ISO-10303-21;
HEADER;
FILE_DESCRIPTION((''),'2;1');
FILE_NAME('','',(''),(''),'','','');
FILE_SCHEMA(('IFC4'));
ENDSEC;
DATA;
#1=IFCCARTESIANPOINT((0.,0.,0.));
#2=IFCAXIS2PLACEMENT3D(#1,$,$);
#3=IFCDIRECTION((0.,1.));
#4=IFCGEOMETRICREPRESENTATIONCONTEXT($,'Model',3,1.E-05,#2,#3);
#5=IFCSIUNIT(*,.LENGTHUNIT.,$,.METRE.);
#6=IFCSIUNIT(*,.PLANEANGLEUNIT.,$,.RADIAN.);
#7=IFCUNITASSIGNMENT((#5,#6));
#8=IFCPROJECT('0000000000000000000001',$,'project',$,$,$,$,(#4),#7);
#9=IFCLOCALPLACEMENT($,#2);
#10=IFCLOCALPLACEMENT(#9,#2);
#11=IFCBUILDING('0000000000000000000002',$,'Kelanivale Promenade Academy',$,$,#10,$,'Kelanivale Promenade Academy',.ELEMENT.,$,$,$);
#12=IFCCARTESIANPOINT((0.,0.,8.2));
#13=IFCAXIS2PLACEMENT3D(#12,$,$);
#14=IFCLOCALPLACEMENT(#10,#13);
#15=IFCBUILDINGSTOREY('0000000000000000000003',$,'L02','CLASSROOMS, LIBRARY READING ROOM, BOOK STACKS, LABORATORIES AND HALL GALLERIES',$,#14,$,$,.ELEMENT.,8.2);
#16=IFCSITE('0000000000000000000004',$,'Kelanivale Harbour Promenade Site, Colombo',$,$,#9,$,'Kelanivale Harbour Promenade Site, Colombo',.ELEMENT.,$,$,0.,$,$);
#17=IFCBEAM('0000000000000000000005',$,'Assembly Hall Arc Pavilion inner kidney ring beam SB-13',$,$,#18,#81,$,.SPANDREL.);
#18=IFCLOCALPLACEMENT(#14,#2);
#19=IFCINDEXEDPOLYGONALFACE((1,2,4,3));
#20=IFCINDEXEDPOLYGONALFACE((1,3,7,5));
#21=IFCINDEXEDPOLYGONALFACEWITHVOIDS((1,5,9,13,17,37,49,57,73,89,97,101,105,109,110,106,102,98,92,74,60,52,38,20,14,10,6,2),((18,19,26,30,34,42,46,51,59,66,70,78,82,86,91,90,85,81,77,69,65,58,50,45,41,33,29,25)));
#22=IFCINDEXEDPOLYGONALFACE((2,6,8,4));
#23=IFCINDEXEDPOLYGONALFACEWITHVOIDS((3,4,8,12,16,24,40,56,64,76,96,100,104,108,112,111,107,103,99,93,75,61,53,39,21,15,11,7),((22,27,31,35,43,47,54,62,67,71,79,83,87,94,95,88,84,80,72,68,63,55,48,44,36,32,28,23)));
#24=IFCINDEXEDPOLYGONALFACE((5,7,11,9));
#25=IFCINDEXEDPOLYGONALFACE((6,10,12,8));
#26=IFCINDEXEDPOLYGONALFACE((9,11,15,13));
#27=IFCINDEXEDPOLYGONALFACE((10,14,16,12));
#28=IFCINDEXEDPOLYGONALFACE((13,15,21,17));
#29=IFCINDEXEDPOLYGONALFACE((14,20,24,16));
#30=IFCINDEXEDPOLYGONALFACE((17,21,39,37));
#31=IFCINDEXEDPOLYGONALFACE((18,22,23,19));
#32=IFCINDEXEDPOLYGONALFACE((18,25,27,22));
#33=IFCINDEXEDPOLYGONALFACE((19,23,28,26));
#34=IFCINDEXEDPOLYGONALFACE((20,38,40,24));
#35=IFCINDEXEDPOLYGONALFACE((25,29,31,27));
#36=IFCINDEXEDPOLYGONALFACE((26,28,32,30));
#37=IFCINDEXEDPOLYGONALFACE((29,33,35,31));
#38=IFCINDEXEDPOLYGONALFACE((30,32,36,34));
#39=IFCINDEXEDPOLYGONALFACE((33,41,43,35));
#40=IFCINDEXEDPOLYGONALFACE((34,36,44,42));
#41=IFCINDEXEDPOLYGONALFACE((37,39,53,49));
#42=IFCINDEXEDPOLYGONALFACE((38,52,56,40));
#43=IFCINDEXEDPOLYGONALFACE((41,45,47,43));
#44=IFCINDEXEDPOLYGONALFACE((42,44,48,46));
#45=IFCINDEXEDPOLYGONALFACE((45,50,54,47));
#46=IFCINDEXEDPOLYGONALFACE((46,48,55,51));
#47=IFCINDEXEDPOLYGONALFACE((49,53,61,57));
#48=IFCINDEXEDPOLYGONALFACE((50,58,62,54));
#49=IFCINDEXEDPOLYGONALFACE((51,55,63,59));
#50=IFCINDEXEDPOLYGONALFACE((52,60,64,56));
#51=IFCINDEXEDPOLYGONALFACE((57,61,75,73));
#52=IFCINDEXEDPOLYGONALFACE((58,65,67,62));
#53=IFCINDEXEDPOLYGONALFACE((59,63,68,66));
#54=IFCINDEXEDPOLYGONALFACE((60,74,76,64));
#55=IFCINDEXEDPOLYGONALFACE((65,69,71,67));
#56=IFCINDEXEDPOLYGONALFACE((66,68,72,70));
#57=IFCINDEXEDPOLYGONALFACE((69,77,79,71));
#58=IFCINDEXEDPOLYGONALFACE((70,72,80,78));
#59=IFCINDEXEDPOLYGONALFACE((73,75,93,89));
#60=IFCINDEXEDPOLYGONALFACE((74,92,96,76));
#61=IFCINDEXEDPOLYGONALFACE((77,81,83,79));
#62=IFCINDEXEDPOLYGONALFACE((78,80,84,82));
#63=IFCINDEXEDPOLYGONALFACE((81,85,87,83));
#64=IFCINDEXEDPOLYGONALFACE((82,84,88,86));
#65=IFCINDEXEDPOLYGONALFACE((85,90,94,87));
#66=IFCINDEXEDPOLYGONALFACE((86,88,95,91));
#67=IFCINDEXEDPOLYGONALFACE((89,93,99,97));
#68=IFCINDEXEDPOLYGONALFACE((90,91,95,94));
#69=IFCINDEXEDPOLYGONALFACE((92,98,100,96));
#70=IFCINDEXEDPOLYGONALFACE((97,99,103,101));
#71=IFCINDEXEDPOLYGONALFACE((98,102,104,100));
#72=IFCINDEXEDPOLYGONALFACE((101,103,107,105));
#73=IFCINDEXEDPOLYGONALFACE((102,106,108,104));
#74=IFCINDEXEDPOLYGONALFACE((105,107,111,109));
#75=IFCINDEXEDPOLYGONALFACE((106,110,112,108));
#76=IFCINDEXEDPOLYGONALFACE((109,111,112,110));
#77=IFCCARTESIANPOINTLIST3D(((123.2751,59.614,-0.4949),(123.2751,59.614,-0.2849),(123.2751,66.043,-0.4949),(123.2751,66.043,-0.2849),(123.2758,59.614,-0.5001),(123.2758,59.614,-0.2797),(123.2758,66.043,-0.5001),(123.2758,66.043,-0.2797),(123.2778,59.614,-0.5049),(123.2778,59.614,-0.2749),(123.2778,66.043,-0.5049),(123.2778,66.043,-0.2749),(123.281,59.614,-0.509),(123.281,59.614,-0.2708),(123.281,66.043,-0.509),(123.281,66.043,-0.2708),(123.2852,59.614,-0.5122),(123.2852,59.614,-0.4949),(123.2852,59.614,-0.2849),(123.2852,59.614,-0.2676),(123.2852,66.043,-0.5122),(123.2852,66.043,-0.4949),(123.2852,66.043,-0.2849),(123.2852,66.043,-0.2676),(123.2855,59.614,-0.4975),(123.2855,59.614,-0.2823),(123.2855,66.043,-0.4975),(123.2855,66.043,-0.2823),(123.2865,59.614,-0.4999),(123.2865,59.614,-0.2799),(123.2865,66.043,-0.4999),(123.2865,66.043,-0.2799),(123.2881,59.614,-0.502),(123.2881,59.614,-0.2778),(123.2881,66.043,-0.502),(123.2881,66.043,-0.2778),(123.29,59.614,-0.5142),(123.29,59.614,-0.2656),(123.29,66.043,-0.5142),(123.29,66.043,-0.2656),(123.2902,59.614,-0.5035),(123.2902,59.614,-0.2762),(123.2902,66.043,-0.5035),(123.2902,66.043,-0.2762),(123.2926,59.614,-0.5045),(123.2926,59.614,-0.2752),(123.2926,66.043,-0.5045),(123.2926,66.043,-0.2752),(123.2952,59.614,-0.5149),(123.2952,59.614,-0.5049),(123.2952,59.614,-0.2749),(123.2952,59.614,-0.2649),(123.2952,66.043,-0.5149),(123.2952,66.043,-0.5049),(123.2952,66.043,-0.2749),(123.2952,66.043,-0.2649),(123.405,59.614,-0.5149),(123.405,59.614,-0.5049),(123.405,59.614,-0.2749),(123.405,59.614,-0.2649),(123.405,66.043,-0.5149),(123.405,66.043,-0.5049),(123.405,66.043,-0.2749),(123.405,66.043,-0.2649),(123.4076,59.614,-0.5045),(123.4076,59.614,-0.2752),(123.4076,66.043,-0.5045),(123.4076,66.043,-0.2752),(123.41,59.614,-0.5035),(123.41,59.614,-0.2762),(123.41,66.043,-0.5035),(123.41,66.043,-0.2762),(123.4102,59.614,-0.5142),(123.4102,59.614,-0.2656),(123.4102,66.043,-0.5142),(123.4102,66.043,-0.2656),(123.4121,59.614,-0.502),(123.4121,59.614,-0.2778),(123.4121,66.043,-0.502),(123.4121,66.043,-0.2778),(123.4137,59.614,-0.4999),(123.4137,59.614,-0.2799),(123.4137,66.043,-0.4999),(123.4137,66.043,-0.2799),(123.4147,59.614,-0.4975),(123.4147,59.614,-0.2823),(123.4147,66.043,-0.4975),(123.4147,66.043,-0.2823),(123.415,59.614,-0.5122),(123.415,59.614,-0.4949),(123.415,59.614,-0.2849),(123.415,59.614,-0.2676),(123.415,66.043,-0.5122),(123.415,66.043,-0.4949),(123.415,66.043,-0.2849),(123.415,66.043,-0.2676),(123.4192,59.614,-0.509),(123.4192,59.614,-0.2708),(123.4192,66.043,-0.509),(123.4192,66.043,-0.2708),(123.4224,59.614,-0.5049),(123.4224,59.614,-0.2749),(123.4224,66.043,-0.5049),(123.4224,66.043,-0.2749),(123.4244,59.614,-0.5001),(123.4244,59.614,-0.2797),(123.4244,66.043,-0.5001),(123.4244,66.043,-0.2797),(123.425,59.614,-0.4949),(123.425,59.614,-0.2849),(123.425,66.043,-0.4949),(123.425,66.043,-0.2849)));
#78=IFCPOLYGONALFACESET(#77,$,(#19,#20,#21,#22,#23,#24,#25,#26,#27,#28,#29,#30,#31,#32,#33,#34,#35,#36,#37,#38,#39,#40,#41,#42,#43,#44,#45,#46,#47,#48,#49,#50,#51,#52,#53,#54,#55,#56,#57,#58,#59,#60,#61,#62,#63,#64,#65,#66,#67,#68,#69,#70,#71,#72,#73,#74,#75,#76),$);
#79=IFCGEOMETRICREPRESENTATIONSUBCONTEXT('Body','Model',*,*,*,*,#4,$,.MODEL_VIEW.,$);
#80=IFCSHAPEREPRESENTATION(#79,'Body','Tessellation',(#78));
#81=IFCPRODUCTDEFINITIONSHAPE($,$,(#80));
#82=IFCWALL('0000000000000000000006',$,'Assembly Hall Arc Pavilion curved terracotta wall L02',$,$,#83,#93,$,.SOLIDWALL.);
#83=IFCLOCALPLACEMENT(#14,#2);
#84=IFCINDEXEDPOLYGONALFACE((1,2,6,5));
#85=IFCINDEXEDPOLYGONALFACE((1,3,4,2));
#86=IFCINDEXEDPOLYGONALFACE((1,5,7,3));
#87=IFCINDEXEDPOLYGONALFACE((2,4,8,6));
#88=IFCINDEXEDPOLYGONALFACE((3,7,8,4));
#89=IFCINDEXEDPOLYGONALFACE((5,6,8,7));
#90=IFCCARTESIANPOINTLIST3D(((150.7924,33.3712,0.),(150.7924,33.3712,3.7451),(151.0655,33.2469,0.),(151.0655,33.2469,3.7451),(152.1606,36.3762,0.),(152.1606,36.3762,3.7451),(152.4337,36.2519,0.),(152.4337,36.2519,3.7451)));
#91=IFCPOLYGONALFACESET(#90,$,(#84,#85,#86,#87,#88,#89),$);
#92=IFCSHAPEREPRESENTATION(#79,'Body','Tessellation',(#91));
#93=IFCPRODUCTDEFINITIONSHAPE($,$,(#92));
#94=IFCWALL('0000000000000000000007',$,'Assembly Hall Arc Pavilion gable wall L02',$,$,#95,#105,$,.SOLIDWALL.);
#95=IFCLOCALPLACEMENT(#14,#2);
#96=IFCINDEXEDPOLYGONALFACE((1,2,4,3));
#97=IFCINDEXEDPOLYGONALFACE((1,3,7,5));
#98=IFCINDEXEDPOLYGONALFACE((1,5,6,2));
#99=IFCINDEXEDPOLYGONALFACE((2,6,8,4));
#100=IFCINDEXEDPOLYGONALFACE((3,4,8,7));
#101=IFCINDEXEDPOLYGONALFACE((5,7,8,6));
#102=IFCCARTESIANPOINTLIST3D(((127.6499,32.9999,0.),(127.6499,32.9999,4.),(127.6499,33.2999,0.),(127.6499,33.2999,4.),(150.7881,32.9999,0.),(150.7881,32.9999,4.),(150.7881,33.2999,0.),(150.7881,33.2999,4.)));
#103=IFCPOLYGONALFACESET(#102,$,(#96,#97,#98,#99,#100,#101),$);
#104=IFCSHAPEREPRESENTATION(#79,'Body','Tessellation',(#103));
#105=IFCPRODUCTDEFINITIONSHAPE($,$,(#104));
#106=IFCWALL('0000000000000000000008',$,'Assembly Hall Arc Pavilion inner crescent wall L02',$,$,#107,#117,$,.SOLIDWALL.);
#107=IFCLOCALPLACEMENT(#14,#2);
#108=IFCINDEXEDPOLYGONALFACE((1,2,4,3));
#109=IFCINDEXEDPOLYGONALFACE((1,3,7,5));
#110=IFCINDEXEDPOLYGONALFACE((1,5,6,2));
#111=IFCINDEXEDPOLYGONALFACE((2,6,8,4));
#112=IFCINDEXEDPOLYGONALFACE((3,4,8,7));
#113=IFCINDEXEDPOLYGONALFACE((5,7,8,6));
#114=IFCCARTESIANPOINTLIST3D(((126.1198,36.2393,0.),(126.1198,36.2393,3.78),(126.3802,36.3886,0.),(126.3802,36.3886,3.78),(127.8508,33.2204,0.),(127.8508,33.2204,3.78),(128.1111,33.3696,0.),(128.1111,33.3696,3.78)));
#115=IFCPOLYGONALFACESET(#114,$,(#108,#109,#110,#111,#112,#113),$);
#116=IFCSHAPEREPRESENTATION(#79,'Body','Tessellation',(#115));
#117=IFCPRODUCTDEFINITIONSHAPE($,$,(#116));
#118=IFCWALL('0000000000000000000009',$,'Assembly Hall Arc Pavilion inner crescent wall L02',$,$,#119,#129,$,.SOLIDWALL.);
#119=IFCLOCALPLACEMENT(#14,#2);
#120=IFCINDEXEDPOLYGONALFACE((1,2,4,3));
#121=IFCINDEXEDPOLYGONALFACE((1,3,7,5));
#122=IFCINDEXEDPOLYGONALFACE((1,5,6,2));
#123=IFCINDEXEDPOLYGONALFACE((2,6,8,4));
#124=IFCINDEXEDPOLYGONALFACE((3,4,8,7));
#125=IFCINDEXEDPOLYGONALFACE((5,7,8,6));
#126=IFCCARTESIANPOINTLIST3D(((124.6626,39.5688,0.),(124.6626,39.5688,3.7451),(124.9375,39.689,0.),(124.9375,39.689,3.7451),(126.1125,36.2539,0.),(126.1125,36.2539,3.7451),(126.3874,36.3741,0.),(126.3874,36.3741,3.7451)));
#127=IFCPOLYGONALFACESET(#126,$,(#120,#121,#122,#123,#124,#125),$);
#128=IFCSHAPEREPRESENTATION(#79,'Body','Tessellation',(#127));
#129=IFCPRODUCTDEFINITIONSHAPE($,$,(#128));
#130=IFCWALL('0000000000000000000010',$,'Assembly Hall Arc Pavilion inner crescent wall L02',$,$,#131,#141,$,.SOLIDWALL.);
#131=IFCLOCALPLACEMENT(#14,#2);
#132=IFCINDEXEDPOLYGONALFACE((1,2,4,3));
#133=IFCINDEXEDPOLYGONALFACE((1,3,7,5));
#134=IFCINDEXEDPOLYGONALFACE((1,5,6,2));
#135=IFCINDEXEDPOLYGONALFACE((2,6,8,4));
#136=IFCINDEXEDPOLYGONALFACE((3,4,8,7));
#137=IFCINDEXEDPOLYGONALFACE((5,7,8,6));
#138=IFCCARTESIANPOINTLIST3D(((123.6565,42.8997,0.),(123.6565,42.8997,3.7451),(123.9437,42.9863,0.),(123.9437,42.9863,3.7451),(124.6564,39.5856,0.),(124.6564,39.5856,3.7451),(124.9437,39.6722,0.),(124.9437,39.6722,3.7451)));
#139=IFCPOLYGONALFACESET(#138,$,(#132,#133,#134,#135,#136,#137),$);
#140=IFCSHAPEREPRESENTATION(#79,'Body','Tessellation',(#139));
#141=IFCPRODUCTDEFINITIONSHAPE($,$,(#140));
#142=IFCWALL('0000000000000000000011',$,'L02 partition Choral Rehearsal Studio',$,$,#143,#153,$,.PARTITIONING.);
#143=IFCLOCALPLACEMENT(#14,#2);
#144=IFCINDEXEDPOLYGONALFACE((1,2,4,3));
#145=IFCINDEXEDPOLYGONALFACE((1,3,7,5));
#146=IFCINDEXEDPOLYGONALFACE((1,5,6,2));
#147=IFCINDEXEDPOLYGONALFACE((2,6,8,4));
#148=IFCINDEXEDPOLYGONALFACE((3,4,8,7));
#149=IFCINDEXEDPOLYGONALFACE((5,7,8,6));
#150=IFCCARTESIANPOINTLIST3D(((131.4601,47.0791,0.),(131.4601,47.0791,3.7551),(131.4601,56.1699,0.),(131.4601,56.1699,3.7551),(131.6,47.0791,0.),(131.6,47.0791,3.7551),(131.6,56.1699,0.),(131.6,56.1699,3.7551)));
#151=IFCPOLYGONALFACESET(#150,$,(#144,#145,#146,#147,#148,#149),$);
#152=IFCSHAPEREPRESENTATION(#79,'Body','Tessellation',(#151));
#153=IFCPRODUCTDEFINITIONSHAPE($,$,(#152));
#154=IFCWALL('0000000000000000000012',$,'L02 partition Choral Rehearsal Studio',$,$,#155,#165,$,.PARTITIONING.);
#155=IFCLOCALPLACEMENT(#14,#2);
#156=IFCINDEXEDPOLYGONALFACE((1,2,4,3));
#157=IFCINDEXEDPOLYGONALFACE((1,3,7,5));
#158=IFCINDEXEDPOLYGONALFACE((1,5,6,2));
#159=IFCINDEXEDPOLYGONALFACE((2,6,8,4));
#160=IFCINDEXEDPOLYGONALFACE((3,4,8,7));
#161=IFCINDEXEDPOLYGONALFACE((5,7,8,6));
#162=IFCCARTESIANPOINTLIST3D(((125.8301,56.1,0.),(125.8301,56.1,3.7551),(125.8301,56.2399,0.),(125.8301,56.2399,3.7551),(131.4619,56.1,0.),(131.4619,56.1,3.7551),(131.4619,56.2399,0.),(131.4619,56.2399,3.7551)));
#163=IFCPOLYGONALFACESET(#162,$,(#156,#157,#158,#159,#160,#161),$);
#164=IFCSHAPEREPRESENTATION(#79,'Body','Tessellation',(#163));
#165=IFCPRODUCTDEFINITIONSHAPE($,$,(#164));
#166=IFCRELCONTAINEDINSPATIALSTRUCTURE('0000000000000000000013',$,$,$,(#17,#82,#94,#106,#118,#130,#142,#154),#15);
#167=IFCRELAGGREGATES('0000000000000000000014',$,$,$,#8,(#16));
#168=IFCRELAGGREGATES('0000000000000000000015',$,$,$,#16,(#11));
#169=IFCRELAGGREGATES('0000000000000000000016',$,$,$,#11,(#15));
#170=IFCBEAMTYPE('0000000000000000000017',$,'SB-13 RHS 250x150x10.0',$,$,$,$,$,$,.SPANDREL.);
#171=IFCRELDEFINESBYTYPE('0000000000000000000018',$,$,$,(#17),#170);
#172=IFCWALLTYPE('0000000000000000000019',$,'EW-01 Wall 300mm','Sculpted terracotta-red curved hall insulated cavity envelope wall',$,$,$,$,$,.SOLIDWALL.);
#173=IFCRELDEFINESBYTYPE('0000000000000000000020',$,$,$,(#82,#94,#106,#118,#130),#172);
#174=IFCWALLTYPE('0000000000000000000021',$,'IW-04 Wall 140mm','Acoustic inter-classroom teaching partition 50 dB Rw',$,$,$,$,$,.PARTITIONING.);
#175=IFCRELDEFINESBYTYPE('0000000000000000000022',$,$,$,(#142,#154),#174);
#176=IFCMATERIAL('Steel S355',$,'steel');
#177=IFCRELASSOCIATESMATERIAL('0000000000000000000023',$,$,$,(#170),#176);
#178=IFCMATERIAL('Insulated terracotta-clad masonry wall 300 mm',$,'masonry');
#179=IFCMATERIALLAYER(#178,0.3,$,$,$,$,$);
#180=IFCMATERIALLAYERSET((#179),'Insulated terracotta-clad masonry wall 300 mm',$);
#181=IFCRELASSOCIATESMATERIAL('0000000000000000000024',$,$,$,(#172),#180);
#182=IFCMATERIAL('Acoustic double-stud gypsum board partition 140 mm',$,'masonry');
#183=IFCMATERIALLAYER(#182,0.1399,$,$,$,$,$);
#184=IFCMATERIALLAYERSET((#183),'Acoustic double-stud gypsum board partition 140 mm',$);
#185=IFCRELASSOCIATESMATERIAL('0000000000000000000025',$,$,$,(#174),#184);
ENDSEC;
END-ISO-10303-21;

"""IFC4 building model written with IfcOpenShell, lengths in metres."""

from ifc_helpers import new_model, si_unit, direction, frame, frame_2d, origin, origin_2d, place, context, subcontext, project, spatial, rectangle, hollow_rectangle, extrude, material, layer, layer_set, material_profile, profile_set, type_object, element, save


model = new_model("IFC4")

# Units and contexts
model_context = context("Model", 3, precision=1e-05, world=origin(), true_north=direction((0.0, 1.0)))
body_context = subcontext(model_context, "Body", "Model", "MODEL_VIEW")
ifc_project = project(units=[si_unit("LENGTHUNIT", "METRE"), si_unit("PLANEANGLEUNIT", "RADIAN")], contexts=[model_context])

# Site, building, storey
site_placement = place(None, origin())
site = spatial("IfcSite", under=ifc_project, at=site_placement, Name="Kelanivale Harbour Promenade Site, Colombo", LongName="Kelanivale Harbour Promenade Site, Colombo", CompositionType="ELEMENT", RefElevation=0.0)
building_placement = place(site_placement, origin())
building = spatial("IfcBuilding", under=site, at=building_placement, Name="Kelanivale Promenade Academy", LongName="Kelanivale Promenade Academy", CompositionType="ELEMENT")
storey_placement = place(building_placement, frame((0.0, 0.0, 8.2)))
storey = spatial("IfcBuildingStorey", under=building, at=storey_placement, Name="L02", Description="CLASSROOMS, LIBRARY READING ROOM, BOOK STACKS, LABORATORIES AND HALL GALLERIES", CompositionType="ELEMENT", Elevation=8.2)

# Shared definitions
ifc_material_1 = material(Name="Steel S355", Category="steel")

# Beam
ifc_material_profile_1 = material_profile(ifc_material_1, hollow_rectangle(XDim=0.1499, YDim=0.25, WallThickness=0.01, InnerFilletRadius=0.01, OuterFilletRadius=0.02, at=origin_2d()), Name="RHS 250x150x10.0")
ifc_profile_set_1 = profile_set([ifc_material_profile_1], Name="Steel S355")
beam_type_1 = type_object("IfcBeamType", Name="SB-13 RHS 250x150x10.0", PredefinedType="SPANDREL", material=ifc_profile_set_1)
beam_1_placement = place(storey_placement, frame((123.3501, 59.614, -0.3899), z_axis=(0.0, 1.0, 0.0), x_axis=(-1.0, 0.0, 0.0)))
element("IfcBeam", 1, at=beam_1_placement, inside=storey, type_object=beam_type_1, Name="Assembly Hall Arc Pavilion inner kidney ring beam SB-13", PredefinedType="SPANDREL", context=body_context, shape_type="SweptSolid", body=[
    extrude(hollow_rectangle(XDim=0.1499, YDim=0.25, WallThickness=0.01, InnerFilletRadius=0.01, OuterFilletRadius=0.02, at=origin_2d()), origin(), (0.0, 0.0, 1.0), 6.429),
])

# Walls
ifc_material_2 = material(Name="Insulated terracotta-clad masonry wall 300 mm", Category="masonry")
ifc_layer_1 = layer(ifc_material_2, 0.3)
ifc_layer_set_1 = layer_set([ifc_layer_1], Name="Insulated terracotta-clad masonry wall 300 mm")
wall_type_1 = type_object("IfcWallType", Name="EW-01 Wall 300mm", Description="Sculpted terracotta-red curved hall insulated cavity envelope wall", PredefinedType="SOLIDWALL", material=ifc_layer_set_1)
wall_1_placement = place(storey_placement, frame((150.929, 33.3091, 0.0), z_axis=(0.0, 0.0, 1.0), x_axis=(0.414382, 0.910103, 0.0)))
element("IfcWall", 2, at=wall_1_placement, inside=storey, type_object=wall_type_1, Name="Assembly Hall Arc Pavilion curved terracotta wall L02", PredefinedType="SOLIDWALL", context=body_context, shape_type="SweptSolid", body=[
    extrude(rectangle(XDim=3.3018, YDim=0.3, at=frame_2d((1.6509, 0.0))), origin(), (0.0, 0.0, 1.0), 3.7451),
])
wall_2_placement = place(storey_placement, frame((127.6499, 33.1499, 0.0), z_axis=(0.0, 0.0, 1.0), x_axis=(1.0, 0.0, 0.0)))
element("IfcWall", 3, at=wall_2_placement, inside=storey, type_object=wall_type_1, Name="Assembly Hall Arc Pavilion gable wall L02", PredefinedType="SOLIDWALL", context=body_context, shape_type="SweptSolid", body=[
    extrude(rectangle(XDim=23.1382, YDim=0.3, at=frame_2d((11.5691, 0.0))), origin(), (0.0, 0.0, 1.0), 4.0),
])
wall_3_placement = place(storey_placement, frame((126.25, 36.314, 0.0), z_axis=(0.0, 0.0, 1.0), x_axis=(0.497393, -0.867526, 0.0)))
element("IfcWall", 4, at=wall_3_placement, inside=storey, type_object=wall_type_1, Name="Assembly Hall Arc Pavilion inner crescent wall L02", PredefinedType="SOLIDWALL", context=body_context, shape_type="SweptSolid", body=[
    extrude(rectangle(XDim=3.48, YDim=0.3, at=frame_2d((1.74, 0.0))), origin(), (0.0, 0.0, 1.0), 3.78),
])
wall_4_placement = place(storey_placement, frame((124.8, 39.6289, 0.0), z_axis=(0.0, 0.0, 1.0), x_axis=(0.400741, -0.916191, 0.0)))
element("IfcWall", 5, at=wall_4_placement, inside=storey, type_object=wall_type_1, Name="Assembly Hall Arc Pavilion inner crescent wall L02", PredefinedType="SOLIDWALL", context=body_context, shape_type="SweptSolid", body=[
    extrude(rectangle(XDim=3.6182, YDim=0.3, at=frame_2d((1.8091, 0.0))), origin(), (0.0, 0.0, 1.0), 3.7451),
])
wall_5_placement = place(storey_placement, frame((123.8, 42.9431, 0.0), z_axis=(0.0, 0.0, 1.0), x_axis=(0.288868, -0.957369, 0.0)))
element("IfcWall", 6, at=wall_5_placement, inside=storey, type_object=wall_type_1, Name="Assembly Hall Arc Pavilion inner crescent wall L02", PredefinedType="SOLIDWALL", context=body_context, shape_type="SweptSolid", body=[
    extrude(rectangle(XDim=3.4617, YDim=0.3, at=frame_2d((1.731, 0.0))), origin(), (0.0, 0.0, 1.0), 3.7451),
])
ifc_material_3 = material(Name="Acoustic double-stud gypsum board partition 140 mm", Category="masonry")
ifc_layer_2 = layer(ifc_material_3, 0.1399)
ifc_layer_set_2 = layer_set([ifc_layer_2], Name="Acoustic double-stud gypsum board partition 140 mm")
wall_type_2 = type_object("IfcWallType", Name="IW-04 Wall 140mm", Description="Acoustic inter-classroom teaching partition 50 dB Rw", PredefinedType="PARTITIONING", material=ifc_layer_set_2)
wall_6_placement = place(storey_placement, frame((131.53, 47.0791, 0.0), z_axis=(0.0, 0.0, 1.0), x_axis=(0.0, 1.0, 0.0)))
element("IfcWall", 7, at=wall_6_placement, inside=storey, type_object=wall_type_2, Name="L02 partition Choral Rehearsal Studio", PredefinedType="PARTITIONING", context=body_context, shape_type="SweptSolid", body=[
    extrude(rectangle(XDim=9.0908, YDim=0.1399, at=frame_2d((4.5454, 0.0))), origin(), (0.0, 0.0, 1.0), 3.7551),
])
wall_7_placement = place(storey_placement, frame((131.4619, 56.1699, 0.0), z_axis=(0.0, 0.0, 1.0), x_axis=(-1.0, 0.0, 0.0)))
element("IfcWall", 8, at=wall_7_placement, inside=storey, type_object=wall_type_2, Name="L02 partition Choral Rehearsal Studio", PredefinedType="PARTITIONING", context=body_context, shape_type="SweptSolid", body=[
    extrude(rectangle(XDim=5.6318, YDim=0.1399, at=frame_2d((2.8159, 0.0))), origin(), (0.0, 0.0, 1.0), 3.7551),
])

save(model, "model.ifc")
